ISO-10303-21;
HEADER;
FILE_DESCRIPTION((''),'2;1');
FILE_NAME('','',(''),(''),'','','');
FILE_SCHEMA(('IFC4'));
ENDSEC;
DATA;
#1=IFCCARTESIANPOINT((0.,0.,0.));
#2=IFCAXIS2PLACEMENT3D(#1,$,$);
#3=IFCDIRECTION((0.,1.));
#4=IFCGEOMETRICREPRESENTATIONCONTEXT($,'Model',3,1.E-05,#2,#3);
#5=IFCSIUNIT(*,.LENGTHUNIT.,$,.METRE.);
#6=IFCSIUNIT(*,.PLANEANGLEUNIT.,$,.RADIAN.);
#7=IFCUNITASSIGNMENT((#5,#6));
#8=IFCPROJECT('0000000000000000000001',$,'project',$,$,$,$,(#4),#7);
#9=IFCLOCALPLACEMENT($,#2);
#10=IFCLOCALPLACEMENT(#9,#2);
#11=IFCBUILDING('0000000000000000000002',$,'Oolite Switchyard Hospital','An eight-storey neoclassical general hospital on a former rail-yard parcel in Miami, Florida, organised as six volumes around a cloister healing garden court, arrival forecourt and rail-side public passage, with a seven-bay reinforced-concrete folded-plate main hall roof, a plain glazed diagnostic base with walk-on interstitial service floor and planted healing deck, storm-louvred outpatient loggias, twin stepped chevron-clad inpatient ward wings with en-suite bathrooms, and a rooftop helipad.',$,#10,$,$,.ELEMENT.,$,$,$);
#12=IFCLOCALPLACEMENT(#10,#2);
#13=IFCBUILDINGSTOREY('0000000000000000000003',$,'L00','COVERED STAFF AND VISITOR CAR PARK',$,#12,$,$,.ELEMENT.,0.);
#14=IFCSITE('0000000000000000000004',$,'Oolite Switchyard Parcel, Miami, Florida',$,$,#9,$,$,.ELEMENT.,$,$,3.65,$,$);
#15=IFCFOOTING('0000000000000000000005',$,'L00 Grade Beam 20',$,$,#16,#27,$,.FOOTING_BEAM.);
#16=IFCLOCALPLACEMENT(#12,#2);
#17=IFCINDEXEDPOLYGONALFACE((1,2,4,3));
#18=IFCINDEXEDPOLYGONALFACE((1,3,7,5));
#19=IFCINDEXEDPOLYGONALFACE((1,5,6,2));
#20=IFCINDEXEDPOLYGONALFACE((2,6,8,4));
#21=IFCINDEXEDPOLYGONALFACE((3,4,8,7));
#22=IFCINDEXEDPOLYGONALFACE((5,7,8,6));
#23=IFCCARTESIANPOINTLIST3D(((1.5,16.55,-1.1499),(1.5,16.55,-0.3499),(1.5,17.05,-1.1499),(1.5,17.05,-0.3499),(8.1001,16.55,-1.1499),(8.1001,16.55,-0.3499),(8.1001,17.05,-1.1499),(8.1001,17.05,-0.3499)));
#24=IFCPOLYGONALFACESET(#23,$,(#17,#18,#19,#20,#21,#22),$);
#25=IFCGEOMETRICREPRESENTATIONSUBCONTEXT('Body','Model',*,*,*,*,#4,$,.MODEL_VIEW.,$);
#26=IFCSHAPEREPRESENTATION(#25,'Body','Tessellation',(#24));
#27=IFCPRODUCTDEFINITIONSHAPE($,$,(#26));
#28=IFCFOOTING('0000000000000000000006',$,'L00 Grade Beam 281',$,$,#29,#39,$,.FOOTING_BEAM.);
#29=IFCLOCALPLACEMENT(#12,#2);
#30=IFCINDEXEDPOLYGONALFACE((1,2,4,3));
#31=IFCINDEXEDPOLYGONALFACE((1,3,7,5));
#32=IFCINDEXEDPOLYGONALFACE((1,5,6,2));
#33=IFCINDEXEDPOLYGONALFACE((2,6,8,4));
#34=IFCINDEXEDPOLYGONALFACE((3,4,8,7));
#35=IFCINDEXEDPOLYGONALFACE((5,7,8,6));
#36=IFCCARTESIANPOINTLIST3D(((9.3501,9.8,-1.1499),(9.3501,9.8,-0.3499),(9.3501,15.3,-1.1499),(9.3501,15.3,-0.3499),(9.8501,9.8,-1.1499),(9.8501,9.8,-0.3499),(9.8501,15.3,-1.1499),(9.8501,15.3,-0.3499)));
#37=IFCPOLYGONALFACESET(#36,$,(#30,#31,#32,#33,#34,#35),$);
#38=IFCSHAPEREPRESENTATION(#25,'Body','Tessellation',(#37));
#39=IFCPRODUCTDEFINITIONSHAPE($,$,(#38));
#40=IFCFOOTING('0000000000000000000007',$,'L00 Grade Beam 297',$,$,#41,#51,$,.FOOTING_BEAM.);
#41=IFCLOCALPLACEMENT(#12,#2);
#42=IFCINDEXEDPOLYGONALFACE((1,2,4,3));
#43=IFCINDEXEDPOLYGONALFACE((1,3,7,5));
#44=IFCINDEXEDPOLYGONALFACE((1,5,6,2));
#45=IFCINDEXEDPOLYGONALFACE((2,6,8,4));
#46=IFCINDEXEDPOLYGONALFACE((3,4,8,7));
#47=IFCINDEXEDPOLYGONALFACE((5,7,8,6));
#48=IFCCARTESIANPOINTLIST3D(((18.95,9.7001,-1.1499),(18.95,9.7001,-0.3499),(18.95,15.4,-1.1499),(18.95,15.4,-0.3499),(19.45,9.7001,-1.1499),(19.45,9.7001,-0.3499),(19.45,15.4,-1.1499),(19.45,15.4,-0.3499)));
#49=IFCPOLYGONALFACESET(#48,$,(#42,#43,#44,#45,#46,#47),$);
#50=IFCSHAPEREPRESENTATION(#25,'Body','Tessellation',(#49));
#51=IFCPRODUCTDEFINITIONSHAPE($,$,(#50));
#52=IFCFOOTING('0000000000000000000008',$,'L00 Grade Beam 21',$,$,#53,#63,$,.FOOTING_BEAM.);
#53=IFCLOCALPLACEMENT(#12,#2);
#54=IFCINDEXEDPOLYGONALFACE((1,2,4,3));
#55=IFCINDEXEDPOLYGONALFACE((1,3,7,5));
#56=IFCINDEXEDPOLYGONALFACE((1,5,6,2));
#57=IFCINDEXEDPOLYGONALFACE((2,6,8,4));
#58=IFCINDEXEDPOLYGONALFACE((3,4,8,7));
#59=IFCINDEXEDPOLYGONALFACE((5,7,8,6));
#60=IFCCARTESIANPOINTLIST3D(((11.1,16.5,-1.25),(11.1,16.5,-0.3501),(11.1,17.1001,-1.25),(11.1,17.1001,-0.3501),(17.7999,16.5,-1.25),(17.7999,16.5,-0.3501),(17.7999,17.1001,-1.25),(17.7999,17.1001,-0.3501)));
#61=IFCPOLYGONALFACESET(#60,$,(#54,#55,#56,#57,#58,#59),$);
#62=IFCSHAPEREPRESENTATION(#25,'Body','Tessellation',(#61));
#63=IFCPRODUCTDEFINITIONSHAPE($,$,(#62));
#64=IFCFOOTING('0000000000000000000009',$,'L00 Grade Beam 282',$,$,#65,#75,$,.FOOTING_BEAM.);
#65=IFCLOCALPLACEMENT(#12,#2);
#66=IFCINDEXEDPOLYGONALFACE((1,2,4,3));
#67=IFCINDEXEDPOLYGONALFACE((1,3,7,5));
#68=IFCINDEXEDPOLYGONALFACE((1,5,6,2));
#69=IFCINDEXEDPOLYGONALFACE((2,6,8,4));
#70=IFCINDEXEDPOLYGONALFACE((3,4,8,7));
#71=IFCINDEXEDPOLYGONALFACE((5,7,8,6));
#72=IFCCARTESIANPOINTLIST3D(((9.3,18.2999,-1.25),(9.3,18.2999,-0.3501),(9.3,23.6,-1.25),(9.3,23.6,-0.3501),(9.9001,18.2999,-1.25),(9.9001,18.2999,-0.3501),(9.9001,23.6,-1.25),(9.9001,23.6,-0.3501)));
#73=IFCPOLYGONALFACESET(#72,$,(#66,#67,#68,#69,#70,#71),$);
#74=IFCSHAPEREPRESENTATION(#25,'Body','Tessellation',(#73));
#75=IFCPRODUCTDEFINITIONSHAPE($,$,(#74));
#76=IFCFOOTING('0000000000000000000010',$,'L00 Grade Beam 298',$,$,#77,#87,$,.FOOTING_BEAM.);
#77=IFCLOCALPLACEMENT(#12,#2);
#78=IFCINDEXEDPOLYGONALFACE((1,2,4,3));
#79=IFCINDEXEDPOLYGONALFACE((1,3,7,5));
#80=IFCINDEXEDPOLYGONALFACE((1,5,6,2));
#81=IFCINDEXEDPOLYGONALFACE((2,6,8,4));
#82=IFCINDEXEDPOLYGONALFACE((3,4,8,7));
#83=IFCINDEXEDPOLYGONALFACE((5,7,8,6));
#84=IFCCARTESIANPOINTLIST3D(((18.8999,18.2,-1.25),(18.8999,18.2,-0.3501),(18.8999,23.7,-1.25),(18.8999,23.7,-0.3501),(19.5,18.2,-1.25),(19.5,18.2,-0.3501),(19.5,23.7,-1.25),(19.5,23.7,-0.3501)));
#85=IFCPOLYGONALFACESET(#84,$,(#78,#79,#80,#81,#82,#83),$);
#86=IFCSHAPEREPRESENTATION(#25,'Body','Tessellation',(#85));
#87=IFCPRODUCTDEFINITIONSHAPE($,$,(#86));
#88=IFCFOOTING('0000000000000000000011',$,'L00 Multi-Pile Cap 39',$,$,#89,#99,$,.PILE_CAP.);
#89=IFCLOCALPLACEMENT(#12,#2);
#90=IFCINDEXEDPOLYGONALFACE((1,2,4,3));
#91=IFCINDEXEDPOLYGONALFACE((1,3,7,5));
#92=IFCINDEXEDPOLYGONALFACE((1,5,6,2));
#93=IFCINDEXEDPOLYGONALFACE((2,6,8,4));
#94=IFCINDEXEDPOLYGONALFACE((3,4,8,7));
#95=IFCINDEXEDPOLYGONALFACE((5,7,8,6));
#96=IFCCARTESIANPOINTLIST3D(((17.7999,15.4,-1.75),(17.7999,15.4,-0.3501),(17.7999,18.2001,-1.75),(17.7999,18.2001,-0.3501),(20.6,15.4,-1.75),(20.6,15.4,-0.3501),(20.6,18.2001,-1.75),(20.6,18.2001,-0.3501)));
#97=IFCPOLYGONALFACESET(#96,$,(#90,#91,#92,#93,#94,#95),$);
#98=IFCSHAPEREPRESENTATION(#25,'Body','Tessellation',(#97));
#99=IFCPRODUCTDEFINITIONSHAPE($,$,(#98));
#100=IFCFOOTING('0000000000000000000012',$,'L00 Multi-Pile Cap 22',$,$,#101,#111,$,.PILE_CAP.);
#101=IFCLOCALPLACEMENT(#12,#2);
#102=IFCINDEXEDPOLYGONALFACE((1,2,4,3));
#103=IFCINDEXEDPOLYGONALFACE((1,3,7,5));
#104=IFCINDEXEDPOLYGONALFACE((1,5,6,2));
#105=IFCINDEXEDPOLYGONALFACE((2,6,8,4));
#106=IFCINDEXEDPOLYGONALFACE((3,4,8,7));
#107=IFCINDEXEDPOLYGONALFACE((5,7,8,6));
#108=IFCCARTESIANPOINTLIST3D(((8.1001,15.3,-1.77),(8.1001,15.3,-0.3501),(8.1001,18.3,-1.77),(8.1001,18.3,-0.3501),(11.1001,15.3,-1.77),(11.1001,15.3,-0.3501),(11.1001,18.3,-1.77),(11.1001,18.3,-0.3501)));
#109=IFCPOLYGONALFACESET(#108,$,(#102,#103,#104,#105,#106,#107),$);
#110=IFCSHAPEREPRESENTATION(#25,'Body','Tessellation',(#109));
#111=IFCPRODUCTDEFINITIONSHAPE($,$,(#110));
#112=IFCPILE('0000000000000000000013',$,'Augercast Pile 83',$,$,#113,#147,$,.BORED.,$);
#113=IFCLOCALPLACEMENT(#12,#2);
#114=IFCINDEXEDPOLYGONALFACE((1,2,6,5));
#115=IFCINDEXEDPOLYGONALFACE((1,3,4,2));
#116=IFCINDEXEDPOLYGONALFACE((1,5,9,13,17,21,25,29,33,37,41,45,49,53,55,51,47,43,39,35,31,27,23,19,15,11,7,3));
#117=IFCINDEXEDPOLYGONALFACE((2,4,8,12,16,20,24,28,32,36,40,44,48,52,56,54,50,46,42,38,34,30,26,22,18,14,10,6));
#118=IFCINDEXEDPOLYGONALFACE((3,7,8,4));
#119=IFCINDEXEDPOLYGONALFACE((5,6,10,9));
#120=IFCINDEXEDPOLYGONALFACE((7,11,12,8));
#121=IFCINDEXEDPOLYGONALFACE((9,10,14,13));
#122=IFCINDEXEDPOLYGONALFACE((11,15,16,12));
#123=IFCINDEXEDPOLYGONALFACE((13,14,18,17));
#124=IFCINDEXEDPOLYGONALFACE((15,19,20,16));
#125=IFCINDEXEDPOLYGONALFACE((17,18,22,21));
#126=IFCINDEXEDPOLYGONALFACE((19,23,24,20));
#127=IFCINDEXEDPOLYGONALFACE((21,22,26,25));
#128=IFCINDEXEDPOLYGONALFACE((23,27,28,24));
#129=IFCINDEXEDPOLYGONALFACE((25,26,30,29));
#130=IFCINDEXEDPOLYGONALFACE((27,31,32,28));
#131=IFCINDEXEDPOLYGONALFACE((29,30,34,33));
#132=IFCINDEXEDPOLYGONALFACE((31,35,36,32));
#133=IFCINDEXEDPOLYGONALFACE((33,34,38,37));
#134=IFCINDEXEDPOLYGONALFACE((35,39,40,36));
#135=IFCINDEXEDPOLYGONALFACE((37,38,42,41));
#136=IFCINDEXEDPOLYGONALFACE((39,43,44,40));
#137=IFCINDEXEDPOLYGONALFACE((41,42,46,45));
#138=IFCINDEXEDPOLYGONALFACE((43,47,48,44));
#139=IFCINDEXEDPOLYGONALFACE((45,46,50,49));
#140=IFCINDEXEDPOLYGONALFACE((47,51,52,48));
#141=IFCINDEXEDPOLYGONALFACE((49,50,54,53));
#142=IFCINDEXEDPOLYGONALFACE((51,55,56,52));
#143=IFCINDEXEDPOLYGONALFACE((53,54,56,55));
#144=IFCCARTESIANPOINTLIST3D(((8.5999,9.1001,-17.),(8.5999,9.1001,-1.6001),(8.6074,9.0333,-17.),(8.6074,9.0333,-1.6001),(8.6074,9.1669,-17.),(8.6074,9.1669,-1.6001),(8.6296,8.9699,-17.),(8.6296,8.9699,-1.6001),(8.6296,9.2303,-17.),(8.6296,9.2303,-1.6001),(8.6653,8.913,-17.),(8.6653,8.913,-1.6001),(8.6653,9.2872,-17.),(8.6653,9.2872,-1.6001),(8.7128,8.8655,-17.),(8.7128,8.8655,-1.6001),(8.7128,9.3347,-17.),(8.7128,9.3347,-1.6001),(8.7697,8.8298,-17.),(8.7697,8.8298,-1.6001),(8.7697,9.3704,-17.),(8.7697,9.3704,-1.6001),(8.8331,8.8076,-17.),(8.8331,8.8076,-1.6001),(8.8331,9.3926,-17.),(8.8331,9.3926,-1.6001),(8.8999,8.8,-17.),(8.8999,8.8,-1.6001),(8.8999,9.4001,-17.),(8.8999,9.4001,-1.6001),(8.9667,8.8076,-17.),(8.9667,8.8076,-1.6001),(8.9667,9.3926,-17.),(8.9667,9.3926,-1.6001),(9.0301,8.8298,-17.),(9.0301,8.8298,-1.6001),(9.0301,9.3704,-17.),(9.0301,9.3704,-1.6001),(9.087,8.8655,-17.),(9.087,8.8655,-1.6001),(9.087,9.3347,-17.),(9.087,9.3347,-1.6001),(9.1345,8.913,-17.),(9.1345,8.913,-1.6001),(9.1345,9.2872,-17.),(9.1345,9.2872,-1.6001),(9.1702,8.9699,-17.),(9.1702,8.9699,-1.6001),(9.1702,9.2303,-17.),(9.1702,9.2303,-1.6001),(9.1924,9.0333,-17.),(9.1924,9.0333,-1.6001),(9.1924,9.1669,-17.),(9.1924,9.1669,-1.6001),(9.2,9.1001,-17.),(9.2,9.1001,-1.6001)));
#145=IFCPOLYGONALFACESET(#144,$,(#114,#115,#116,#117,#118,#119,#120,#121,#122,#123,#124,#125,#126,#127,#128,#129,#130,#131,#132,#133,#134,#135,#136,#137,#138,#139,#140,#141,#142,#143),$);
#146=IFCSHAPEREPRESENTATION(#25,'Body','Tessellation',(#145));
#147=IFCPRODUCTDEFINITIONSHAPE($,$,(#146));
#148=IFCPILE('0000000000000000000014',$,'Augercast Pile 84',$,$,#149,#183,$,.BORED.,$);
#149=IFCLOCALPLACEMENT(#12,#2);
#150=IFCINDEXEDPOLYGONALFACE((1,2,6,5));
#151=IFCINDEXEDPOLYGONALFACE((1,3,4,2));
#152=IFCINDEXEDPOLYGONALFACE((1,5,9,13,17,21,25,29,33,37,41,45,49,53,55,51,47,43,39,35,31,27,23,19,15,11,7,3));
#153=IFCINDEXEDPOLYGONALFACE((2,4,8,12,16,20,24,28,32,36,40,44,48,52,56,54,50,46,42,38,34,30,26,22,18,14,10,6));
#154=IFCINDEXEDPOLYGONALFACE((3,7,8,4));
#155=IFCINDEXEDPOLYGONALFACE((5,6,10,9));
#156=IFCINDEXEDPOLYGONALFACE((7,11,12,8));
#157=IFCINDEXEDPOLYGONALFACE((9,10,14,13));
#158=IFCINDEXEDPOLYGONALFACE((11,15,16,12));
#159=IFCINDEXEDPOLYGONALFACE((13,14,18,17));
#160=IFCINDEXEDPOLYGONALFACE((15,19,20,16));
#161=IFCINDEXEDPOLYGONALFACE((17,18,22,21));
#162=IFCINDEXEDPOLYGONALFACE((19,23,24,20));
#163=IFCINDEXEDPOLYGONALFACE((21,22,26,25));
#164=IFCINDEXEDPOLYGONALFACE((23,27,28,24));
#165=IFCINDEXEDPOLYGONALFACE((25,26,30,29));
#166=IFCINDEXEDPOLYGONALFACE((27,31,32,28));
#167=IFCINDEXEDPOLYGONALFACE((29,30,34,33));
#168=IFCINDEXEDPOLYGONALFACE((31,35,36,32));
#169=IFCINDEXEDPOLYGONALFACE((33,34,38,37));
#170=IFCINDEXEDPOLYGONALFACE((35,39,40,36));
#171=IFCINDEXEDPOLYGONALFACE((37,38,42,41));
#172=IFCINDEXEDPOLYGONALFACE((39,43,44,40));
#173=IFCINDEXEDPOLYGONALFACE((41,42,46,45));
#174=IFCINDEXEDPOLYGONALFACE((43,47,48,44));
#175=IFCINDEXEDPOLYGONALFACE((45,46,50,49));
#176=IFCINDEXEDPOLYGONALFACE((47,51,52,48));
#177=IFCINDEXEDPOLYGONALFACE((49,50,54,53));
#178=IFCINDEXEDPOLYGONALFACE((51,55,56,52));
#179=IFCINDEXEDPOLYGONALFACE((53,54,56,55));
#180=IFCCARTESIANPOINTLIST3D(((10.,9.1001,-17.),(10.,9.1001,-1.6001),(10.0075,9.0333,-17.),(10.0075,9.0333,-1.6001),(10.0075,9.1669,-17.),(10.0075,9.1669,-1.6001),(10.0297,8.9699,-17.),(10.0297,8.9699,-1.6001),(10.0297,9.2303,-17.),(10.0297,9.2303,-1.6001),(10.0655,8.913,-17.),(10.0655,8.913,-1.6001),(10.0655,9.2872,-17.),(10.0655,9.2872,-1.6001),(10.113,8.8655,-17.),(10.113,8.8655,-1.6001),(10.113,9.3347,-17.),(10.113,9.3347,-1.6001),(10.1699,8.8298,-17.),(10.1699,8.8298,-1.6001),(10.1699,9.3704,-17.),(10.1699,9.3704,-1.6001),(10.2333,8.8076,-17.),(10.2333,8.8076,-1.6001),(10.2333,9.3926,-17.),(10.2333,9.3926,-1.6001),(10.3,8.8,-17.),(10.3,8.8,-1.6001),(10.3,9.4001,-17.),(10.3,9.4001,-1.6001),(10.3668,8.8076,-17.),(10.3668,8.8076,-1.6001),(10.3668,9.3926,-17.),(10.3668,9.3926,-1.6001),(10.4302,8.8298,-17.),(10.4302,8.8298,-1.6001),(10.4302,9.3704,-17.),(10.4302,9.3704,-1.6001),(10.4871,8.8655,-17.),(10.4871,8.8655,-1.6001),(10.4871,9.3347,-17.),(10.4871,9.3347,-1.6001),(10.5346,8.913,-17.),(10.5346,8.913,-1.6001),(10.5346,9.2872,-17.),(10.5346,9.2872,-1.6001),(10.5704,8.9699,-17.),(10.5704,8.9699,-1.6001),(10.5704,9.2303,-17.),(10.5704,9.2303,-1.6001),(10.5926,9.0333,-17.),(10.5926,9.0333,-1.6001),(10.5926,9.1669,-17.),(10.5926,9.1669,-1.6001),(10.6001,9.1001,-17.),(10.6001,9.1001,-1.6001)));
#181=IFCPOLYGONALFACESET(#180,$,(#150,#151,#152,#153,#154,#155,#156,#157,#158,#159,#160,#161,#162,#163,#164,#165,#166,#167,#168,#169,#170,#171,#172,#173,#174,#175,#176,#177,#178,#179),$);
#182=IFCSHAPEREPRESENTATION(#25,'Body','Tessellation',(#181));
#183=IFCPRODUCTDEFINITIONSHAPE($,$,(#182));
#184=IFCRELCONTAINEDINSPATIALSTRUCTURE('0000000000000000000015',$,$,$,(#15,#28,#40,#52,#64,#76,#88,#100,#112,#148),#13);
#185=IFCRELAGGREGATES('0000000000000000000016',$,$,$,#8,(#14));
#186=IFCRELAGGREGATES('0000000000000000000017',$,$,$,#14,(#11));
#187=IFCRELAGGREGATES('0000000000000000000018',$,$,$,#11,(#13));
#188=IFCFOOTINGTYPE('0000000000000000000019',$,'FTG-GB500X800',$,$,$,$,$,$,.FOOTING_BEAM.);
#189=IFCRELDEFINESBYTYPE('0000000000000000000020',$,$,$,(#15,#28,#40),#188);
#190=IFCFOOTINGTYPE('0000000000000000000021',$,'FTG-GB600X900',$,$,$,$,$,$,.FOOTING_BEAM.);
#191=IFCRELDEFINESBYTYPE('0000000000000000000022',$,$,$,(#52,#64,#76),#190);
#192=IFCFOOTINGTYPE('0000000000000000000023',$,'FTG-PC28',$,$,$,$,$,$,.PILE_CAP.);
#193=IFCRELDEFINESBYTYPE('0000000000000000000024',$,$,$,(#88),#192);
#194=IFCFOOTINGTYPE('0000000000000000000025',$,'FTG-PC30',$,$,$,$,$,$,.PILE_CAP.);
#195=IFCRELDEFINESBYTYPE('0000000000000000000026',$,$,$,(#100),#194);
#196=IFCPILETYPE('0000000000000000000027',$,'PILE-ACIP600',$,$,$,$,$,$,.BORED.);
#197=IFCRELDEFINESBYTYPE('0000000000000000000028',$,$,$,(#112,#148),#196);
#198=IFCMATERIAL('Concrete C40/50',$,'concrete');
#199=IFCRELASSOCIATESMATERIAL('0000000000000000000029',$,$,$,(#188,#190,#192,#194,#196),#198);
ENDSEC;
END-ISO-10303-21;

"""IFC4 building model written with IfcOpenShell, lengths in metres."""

from ifc_helpers import new_model, si_unit, direction, frame, origin, origin_2d, place, context, subcontext, project, spatial, rectangle, circle, extrude, material, material_profile, profile_set, type_object, element, save


model = new_model("IFC4")

# Units and contexts
model_context = context("Model", 3, precision=1e-05, world=origin(), true_north=direction((0.0, 1.0)))
body_context = subcontext(model_context, "Body", "Model", "MODEL_VIEW")
ifc_project = project(units=[si_unit("LENGTHUNIT", "METRE"), si_unit("PLANEANGLEUNIT", "RADIAN")], contexts=[model_context])

# Site, building, storey
site_placement = place(None, origin())
site = spatial("IfcSite", under=ifc_project, at=site_placement, Name="Oolite Switchyard Parcel, Miami, Florida", CompositionType="ELEMENT", RefElevation=3.65)
building_placement = place(site_placement, origin())
building = spatial("IfcBuilding", under=site, at=building_placement, Name="Oolite Switchyard Hospital", Description="An eight-storey neoclassical general hospital on a former rail-yard parcel in Miami, Florida, organised as six volumes around a cloister healing garden court, arrival forecourt and rail-side public passage, with a seven-bay reinforced-concrete folded-plate main hall roof, a plain glazed diagnostic base with walk-on interstitial service floor and planted healing deck, storm-louvred outpatient loggias, twin stepped chevron-clad inpatient ward wings with en-suite bathrooms, and a rooftop helipad.", CompositionType="ELEMENT")
storey_placement = place(building_placement, origin())
storey = spatial("IfcBuildingStorey", under=building, at=storey_placement, Name="L00", Description="COVERED STAFF AND VISITOR CAR PARK", CompositionType="ELEMENT", Elevation=0.0)

# Footings
ifc_material_1 = material(Name="Concrete C40/50", Category="concrete")
footing_type_1 = type_object("IfcFootingType", Name="FTG-GB500X800", PredefinedType="FOOTING_BEAM", material=ifc_material_1)
footing_1_placement = place(storey_placement, frame((4.8, 16.8, -1.1499), z_axis=(0.0, 0.0, 1.0), x_axis=(1.0, 0.0, 0.0)))
element("IfcFooting", 1, at=footing_1_placement, inside=storey, type_object=footing_type_1, Name="L00 Grade Beam 20", PredefinedType="FOOTING_BEAM", context=body_context, shape_type="SweptSolid", body=[
    extrude(rectangle(XDim=6.6001, YDim=0.5, at=origin_2d()), origin(), (0.0, 0.0, 1.0), 0.8),
])
footing_2_placement = place(storey_placement, frame((9.6001, 12.55, -1.1499), z_axis=(0.0, 0.0, 1.0), x_axis=(0.0, 1.0, 0.0)))
element("IfcFooting", 2, at=footing_2_placement, inside=storey, type_object=footing_type_1, Name="L00 Grade Beam 281", PredefinedType="FOOTING_BEAM", context=body_context, shape_type="SweptSolid", body=[
    extrude(rectangle(XDim=5.5, YDim=0.5, at=origin_2d()), origin(), (0.0, 0.0, 1.0), 0.8),
])
footing_3_placement = place(storey_placement, frame((19.2, 12.55, -1.1499), z_axis=(0.0, 0.0, 1.0), x_axis=(0.0, 1.0, 0.0)))
element("IfcFooting", 3, at=footing_3_placement, inside=storey, type_object=footing_type_1, Name="L00 Grade Beam 297", PredefinedType="FOOTING_BEAM", context=body_context, shape_type="SweptSolid", body=[
    extrude(rectangle(XDim=5.7, YDim=0.5, at=origin_2d()), origin(), (0.0, 0.0, 1.0), 0.8),
])
footing_type_2 = type_object("IfcFootingType", Name="FTG-GB600X900", PredefinedType="FOOTING_BEAM", material=ifc_material_1)
footing_4_placement = place(storey_placement, frame((14.45, 16.8, -1.25), z_axis=(0.0, 0.0, 1.0), x_axis=(1.0, 0.0, 0.0)))
element("IfcFooting", 4, at=footing_4_placement, inside=storey, type_object=footing_type_2, Name="L00 Grade Beam 21", PredefinedType="FOOTING_BEAM", context=body_context, shape_type="SweptSolid", body=[
    extrude(rectangle(XDim=6.7, YDim=0.6001, at=origin_2d()), origin(), (0.0, 0.0, 1.0), 0.8999),
])
footing_5_placement = place(storey_placement, frame((9.6001, 20.95, -1.25), z_axis=(0.0, 0.0, 1.0), x_axis=(0.0, 1.0, 0.0)))
element("IfcFooting", 5, at=footing_5_placement, inside=storey, type_object=footing_type_2, Name="L00 Grade Beam 282", PredefinedType="FOOTING_BEAM", context=body_context, shape_type="SweptSolid", body=[
    extrude(rectangle(XDim=5.3, YDim=0.6001, at=origin_2d()), origin(), (0.0, 0.0, 1.0), 0.8999),
])
footing_6_placement = place(storey_placement, frame((19.2, 20.95, -1.25), z_axis=(0.0, 0.0, 1.0), x_axis=(0.0, 1.0, 0.0)))
element("IfcFooting", 6, at=footing_6_placement, inside=storey, type_object=footing_type_2, Name="L00 Grade Beam 298", PredefinedType="FOOTING_BEAM", context=body_context, shape_type="SweptSolid", body=[
    extrude(rectangle(XDim=5.5, YDim=0.6001, at=origin_2d()), origin(), (0.0, 0.0, 1.0), 0.8999),
])
footing_type_3 = type_object("IfcFootingType", Name="FTG-PC28", PredefinedType="PILE_CAP", material=ifc_material_1)
footing_7_placement = place(storey_placement, frame((19.2, 16.8, -1.75), z_axis=(0.0, 0.0, 1.0), x_axis=(1.0, 0.0, 0.0)))
element("IfcFooting", 7, at=footing_7_placement, inside=storey, type_object=footing_type_3, Name="L00 Multi-Pile Cap 39", PredefinedType="PILE_CAP", context=body_context, shape_type="SweptSolid", body=[
    extrude(rectangle(XDim=2.8, YDim=2.8, at=origin_2d()), origin(), (0.0, 0.0, 1.0), 1.3999),
])
footing_type_4 = type_object("IfcFootingType", Name="FTG-PC30", PredefinedType="PILE_CAP", material=ifc_material_1)
footing_8_placement = place(storey_placement, frame((9.6001, 16.8, -1.77), z_axis=(0.0, 0.0, 1.0), x_axis=(1.0, 0.0, 0.0)))
element("IfcFooting", 8, at=footing_8_placement, inside=storey, type_object=footing_type_4, Name="L00 Multi-Pile Cap 22", PredefinedType="PILE_CAP", context=body_context, shape_type="SweptSolid", body=[
    extrude(rectangle(XDim=3.0, YDim=3.0, at=origin_2d()), origin(), (0.0, 0.0, 1.0), 1.4199),
])

# Piles
ifc_material_profile_1 = material_profile(ifc_material_1, circle(Radius=0.3, at=origin_2d()), Name="PILE600")
ifc_profile_set_1 = profile_set([ifc_material_profile_1], Name="Concrete C40/50")
pile_type = type_object("IfcPileType", Name="PILE-ACIP600", PredefinedType="BORED", material=ifc_profile_set_1)
for number, where, z_axis, x_axis, name in (
    (9, (8.8999, 9.1001, -1.6001), (0.0, 0.0, -1.0), (1.0, 0.0, 0.0), "Augercast Pile 83"),
    (10, (10.3, 9.1001, -1.6001), (0.0, 0.0, -1.0), (1.0, 0.0, 0.0), "Augercast Pile 84"),
):
    element("IfcPile", number, at=place(storey_placement, frame(where, z_axis=z_axis, x_axis=x_axis)), inside=storey, type_object=pile_type, Name=name, PredefinedType="BORED", context=body_context, shape_type="SweptSolid", body=[
        extrude(circle(Radius=0.3, at=origin_2d()), origin(), (0.0, 0.0, 1.0), 15.3999),
    ])

save(model, "model.ifc")
